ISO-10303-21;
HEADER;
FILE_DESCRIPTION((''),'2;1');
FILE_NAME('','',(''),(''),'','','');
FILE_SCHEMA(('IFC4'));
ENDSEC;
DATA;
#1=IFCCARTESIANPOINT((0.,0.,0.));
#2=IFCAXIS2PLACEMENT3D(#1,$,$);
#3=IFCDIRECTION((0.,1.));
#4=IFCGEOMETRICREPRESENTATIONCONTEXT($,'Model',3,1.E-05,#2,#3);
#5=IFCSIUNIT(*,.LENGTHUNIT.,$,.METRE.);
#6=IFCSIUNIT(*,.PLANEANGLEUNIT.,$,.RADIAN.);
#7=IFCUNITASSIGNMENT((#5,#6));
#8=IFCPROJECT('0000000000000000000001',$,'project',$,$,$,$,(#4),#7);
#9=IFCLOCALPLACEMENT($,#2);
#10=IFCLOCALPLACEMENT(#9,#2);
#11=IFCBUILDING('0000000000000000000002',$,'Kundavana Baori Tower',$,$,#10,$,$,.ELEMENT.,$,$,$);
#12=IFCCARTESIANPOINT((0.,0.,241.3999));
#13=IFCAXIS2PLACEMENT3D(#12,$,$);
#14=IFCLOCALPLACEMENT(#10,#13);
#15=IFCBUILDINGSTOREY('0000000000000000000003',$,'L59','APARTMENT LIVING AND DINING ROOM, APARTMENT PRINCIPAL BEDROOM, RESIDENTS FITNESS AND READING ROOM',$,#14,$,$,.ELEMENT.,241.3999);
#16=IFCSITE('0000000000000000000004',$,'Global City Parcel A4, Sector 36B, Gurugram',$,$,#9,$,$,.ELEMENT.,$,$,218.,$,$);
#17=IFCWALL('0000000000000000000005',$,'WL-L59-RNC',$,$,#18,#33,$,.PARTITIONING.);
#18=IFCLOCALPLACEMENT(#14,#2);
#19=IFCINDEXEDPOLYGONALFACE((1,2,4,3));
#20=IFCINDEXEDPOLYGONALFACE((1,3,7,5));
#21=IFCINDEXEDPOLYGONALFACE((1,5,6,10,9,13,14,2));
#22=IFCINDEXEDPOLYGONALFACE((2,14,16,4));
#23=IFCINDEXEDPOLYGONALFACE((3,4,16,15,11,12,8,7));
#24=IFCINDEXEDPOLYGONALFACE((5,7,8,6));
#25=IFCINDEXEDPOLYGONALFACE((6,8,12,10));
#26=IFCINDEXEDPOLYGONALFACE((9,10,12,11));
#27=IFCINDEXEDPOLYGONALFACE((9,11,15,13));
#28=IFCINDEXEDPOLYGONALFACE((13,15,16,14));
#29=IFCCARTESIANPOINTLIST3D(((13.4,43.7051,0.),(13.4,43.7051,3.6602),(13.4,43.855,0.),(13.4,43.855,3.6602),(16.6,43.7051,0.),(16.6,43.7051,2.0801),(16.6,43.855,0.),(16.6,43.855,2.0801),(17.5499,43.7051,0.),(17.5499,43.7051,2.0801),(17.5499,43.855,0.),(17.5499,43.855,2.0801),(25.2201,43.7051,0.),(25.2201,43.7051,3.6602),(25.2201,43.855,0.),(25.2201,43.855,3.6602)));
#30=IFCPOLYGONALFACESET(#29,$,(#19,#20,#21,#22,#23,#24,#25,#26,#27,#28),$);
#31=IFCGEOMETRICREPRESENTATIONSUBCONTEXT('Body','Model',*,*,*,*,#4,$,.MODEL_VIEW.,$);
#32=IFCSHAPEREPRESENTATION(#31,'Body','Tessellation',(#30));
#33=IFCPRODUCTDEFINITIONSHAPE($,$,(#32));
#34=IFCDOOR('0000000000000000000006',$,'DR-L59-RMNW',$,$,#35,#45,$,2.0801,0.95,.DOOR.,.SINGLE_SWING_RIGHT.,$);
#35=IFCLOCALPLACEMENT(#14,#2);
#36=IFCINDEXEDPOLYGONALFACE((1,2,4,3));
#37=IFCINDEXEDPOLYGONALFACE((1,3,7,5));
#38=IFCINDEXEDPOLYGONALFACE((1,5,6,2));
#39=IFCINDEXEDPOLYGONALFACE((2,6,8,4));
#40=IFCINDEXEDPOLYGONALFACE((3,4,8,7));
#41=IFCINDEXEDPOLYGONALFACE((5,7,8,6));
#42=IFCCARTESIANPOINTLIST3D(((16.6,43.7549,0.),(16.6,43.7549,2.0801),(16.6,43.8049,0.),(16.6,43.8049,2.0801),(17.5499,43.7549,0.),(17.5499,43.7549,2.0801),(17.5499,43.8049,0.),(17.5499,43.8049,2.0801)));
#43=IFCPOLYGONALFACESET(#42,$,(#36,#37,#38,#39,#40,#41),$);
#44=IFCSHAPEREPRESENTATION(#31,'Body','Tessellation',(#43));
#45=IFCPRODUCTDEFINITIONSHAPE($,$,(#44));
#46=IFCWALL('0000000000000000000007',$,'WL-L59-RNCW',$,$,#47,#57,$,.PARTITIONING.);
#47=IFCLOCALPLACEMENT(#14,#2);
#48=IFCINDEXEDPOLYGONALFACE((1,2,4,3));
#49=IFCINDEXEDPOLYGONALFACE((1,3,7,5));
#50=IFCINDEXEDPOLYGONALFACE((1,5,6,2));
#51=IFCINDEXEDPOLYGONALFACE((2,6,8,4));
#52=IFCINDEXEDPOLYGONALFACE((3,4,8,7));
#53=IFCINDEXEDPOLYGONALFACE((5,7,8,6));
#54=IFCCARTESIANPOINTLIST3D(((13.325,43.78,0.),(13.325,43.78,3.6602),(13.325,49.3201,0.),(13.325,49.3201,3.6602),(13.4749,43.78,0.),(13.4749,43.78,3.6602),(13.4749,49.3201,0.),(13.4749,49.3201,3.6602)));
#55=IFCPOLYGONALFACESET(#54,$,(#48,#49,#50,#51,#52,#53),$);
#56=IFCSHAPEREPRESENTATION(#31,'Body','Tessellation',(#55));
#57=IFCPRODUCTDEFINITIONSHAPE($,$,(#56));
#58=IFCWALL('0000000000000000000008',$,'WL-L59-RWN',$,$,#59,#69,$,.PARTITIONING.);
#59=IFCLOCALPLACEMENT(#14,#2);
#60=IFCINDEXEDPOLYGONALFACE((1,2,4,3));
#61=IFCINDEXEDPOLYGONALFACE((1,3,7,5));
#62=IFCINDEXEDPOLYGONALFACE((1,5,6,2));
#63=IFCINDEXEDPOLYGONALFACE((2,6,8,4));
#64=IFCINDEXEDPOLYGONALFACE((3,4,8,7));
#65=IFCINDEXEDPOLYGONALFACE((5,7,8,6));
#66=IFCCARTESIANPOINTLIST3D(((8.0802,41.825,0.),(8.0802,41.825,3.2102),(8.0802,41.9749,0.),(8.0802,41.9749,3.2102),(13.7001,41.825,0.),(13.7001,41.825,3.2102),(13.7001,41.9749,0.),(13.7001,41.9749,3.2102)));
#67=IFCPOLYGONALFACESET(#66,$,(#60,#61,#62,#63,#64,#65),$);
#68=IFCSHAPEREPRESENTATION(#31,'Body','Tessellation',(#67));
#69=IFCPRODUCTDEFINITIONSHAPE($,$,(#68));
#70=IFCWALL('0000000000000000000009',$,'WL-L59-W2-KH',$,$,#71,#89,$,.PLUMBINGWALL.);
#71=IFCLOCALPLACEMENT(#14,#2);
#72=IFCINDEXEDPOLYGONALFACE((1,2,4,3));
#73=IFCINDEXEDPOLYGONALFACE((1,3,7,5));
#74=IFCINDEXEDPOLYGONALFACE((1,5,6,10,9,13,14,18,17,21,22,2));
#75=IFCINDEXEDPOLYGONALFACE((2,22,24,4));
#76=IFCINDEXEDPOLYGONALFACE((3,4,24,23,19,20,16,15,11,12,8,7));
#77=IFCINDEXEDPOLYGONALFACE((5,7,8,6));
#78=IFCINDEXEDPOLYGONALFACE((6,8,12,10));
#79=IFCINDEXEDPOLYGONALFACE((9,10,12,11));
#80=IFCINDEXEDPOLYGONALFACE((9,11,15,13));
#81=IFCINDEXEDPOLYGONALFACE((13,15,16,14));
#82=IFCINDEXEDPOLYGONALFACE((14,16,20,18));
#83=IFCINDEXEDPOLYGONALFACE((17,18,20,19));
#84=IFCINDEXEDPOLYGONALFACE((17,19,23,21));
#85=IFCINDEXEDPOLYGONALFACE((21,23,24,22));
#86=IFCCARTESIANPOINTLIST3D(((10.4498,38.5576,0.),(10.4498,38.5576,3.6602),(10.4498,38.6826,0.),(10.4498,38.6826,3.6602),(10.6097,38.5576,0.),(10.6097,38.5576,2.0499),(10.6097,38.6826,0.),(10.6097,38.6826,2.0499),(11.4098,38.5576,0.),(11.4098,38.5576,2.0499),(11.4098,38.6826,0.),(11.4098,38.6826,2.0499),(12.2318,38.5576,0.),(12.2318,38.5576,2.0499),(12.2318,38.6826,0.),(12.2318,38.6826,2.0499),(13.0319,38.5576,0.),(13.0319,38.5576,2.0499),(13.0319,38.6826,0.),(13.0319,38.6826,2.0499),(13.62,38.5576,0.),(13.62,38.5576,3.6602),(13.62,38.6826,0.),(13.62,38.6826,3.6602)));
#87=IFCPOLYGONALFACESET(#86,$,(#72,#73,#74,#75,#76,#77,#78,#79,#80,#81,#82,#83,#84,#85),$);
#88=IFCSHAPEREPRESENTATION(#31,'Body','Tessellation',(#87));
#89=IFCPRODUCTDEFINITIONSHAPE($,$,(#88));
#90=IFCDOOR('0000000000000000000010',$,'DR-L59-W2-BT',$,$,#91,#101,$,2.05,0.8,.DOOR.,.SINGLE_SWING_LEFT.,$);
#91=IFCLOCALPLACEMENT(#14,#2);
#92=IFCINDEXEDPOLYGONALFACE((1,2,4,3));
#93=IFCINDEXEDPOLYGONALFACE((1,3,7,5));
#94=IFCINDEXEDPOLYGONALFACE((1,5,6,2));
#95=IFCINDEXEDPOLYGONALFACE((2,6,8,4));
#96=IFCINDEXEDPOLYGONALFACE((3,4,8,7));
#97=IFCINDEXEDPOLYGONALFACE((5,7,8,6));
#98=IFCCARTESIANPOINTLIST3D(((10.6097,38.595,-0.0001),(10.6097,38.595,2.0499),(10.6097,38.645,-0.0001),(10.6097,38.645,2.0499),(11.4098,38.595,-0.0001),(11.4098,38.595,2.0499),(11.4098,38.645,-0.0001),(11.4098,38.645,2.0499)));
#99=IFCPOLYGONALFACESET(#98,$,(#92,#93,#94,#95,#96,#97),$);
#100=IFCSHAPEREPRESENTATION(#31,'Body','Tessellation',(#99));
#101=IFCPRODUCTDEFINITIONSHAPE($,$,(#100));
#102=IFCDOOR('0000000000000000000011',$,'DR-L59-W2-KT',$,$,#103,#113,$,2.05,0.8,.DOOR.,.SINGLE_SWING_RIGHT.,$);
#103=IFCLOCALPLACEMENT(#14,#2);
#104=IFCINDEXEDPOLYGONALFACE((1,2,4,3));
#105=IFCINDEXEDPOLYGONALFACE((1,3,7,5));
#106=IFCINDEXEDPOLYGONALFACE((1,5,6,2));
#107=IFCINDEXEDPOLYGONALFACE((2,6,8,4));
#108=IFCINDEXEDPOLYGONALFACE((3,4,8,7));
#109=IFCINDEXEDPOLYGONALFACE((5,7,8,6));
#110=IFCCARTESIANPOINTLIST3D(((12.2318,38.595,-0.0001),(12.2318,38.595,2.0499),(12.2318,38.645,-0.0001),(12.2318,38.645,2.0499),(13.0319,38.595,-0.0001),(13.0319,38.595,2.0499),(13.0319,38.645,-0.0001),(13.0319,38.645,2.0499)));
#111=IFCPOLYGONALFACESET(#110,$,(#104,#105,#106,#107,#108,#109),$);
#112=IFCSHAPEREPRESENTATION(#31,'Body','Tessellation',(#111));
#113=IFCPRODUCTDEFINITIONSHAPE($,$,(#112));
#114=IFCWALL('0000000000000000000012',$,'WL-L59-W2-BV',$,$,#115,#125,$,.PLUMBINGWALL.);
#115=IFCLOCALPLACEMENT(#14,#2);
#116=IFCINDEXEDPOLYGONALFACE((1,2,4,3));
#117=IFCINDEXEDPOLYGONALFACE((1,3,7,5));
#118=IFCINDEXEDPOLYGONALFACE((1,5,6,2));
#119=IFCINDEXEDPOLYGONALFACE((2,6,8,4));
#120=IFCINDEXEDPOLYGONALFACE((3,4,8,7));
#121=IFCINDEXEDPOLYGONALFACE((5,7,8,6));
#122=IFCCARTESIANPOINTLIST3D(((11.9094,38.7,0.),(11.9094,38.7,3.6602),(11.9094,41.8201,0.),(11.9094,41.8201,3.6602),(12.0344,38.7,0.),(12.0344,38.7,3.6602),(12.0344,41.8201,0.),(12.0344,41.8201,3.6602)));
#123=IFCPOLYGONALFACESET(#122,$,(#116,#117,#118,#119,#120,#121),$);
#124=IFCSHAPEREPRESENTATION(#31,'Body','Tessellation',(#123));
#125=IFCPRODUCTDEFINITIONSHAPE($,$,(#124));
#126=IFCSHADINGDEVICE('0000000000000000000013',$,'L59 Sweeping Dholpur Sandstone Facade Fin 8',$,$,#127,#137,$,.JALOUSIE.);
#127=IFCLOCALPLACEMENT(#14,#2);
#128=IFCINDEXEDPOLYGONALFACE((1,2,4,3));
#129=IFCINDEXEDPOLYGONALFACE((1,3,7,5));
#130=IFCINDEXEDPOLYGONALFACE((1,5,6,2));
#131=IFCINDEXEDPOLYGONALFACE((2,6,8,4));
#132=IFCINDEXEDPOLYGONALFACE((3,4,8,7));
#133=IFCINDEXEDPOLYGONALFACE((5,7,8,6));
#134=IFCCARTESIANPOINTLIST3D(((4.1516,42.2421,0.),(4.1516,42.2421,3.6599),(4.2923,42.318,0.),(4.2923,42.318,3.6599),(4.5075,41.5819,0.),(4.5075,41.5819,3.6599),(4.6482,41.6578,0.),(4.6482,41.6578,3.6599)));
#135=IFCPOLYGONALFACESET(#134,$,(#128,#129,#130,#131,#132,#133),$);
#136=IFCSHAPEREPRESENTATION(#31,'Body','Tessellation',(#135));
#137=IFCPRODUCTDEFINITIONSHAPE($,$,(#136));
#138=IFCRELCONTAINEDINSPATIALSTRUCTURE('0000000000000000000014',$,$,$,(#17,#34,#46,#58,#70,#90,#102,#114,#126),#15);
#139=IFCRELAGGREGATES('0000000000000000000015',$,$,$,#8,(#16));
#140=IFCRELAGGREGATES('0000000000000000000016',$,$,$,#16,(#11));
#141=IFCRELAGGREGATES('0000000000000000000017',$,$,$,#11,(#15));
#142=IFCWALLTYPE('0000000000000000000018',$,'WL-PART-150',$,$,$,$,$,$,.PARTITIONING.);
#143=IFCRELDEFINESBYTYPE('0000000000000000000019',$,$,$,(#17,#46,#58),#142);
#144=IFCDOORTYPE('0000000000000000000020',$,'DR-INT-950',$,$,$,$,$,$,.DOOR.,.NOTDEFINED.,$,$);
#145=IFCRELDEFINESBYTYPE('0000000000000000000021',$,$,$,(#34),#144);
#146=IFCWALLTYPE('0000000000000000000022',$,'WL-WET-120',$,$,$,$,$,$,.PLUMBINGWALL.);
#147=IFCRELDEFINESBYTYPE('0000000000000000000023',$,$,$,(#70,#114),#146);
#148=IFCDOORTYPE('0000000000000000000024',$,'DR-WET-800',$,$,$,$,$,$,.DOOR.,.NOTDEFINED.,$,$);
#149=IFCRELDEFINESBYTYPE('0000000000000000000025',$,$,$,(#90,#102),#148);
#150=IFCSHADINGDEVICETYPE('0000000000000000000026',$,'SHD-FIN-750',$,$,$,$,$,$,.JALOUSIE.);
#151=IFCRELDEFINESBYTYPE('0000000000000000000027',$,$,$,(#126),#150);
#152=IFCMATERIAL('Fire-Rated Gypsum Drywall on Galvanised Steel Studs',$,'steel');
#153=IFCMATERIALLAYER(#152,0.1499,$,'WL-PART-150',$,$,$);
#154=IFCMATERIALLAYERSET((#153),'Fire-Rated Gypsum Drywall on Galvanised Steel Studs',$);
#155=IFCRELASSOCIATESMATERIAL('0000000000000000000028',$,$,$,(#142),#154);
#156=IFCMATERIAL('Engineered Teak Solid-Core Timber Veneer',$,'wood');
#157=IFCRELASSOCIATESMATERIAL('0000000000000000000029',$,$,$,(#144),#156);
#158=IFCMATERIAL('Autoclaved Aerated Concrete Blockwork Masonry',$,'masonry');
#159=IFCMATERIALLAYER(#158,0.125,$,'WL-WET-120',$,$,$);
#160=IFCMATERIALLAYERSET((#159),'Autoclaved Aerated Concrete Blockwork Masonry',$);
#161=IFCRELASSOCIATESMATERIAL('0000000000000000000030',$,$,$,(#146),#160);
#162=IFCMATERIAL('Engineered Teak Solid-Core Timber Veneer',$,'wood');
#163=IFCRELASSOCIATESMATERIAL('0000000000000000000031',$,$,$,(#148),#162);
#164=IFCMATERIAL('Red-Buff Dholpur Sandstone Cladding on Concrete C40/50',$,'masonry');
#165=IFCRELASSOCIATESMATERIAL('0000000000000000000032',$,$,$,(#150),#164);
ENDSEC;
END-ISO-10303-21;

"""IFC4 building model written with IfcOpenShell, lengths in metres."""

from ifc_helpers import new_model, si_unit, direction, frame, frame_2d, origin, origin_2d, place, context, subcontext, project, spatial, rectangle, extrude, material, layer, layer_set, type_object, element, fill, save


model = new_model("IFC4")

# Units and contexts
model_context = context("Model", 3, precision=1e-05, world=origin(), true_north=direction((0.0, 1.0)))
body_context = subcontext(model_context, "Body", "Model", "MODEL_VIEW")
ifc_project = project(units=[si_unit("LENGTHUNIT", "METRE"), si_unit("PLANEANGLEUNIT", "RADIAN")], contexts=[model_context])

# Site, building, storey
site_placement = place(None, origin())
site = spatial("IfcSite", under=ifc_project, at=site_placement, Name="Global City Parcel A4, Sector 36B, Gurugram", CompositionType="ELEMENT", RefElevation=218.0)
building_placement = place(site_placement, origin())
building = spatial("IfcBuilding", under=site, at=building_placement, Name="Kundavana Baori Tower", CompositionType="ELEMENT")
storey_placement = place(building_placement, frame((0.0, 0.0, 241.3999)))
storey = spatial("IfcBuildingStorey", under=building, at=storey_placement, Name="L59", Description="APARTMENT LIVING AND DINING ROOM, APARTMENT PRINCIPAL BEDROOM, RESIDENTS FITNESS AND READING ROOM", CompositionType="ELEMENT", Elevation=241.3999)

# Wall, opening, door
ifc_material_1 = material(Name="Fire-Rated Gypsum Drywall on Galvanised Steel Studs", Category="steel")
ifc_layer_1 = layer(ifc_material_1, 0.1499, Name="WL-PART-150")
ifc_layer_set_1 = layer_set([ifc_layer_1], Name="Fire-Rated Gypsum Drywall on Galvanised Steel Studs")
wall_type_1 = type_object("IfcWallType", Name="WL-PART-150", PredefinedType="PARTITIONING", material=ifc_layer_set_1)
wall_1_placement = place(storey_placement, frame((13.3999, 43.78, 0.0), z_axis=(0.0, 0.0, 1.0), x_axis=(1.0, 0.0, 0.0)))
wall_1 = element("IfcWall", 1, at=wall_1_placement, inside=storey, type_object=wall_type_1, Name="WL-L59-RNC", PredefinedType="PARTITIONING", context=body_context, shape_type="SweptSolid", body=[
    extrude(rectangle(XDim=11.8201, YDim=0.1499, at=frame_2d((5.9102, 0.0))), origin(), (0.0, 0.0, 1.0), 3.6602),
])
opening_1_placement = place(wall_1_placement, frame((3.2, 0.0, 0.0)))
opening_1 = element("IfcOpeningElement", 2, at=opening_1_placement, cuts=wall_1, PredefinedType="OPENING", context=body_context, shape_type="SweptSolid", body=[
    extrude(rectangle(XDim=0.95, YDim=2.0801, at=frame_2d((0.4751, 1.04))), frame((0.0, 0.085, 0.0), z_axis=(0.0, -1.0, 0.0), x_axis=(1.0, 0.0, 0.0)), (0.0, 0.0, 1.0), 0.1699),
])
ifc_material_2 = material(Name="Engineered Teak Solid-Core Timber Veneer", Category="wood")
door_type_1 = type_object("IfcDoorType", Name="DR-INT-950", OperationType="NOTDEFINED", PredefinedType="DOOR", material=ifc_material_2)
door_1_placement = place(opening_1_placement, origin())
door_1 = element("IfcDoor", 3, at=door_1_placement, inside=storey, type_object=door_type_1, Name="DR-L59-RMNW", OperationType="SINGLE_SWING_RIGHT", OverallHeight=2.0801, OverallWidth=0.95, PredefinedType="DOOR", context=body_context, shape_type="SweptSolid", body=[
    extrude(rectangle(XDim=0.95, YDim=2.0801, at=frame_2d((0.4751, 1.04))), frame((0.0, 0.0249, 0.0), z_axis=(0.0, -1.0, 0.0), x_axis=(1.0, 0.0, 0.0)), (0.0, 0.0, 1.0), 0.05),
])
fill(opening_1, door_1)

# Walls
wall_2_placement = place(storey_placement, frame((13.3999, 43.78, 0.0), z_axis=(0.0, 0.0, 1.0), x_axis=(0.0, 1.0, 0.0)))
element("IfcWall", 4, at=wall_2_placement, inside=storey, type_object=wall_type_1, Name="WL-L59-RNCW", PredefinedType="PARTITIONING", context=body_context, shape_type="SweptSolid", body=[
    extrude(rectangle(XDim=5.54, YDim=0.1499, at=frame_2d((2.77, 0.0))), origin(), (0.0, 0.0, 1.0), 3.6602),
])
wall_3_placement = place(storey_placement, frame((8.0801, 41.8999, 0.0), z_axis=(0.0, 0.0, 1.0), x_axis=(1.0, 0.0, 0.0)))
element("IfcWall", 5, at=wall_3_placement, inside=storey, type_object=wall_type_1, Name="WL-L59-RWN", PredefinedType="PARTITIONING", context=body_context, shape_type="SweptSolid", body=[
    extrude(rectangle(XDim=5.6199, YDim=0.1499, at=frame_2d((2.8101, 0.0))), origin(), (0.0, 0.0, 1.0), 3.2102),
])

# Wall, openings, doors
ifc_material_3 = material(Name="Autoclaved Aerated Concrete Blockwork Masonry", Category="masonry")
ifc_layer_2 = layer(ifc_material_3, 0.125, Name="WL-WET-120")
ifc_layer_set_2 = layer_set([ifc_layer_2], Name="Autoclaved Aerated Concrete Blockwork Masonry")
wall_type_2 = type_object("IfcWallType", Name="WL-WET-120", PredefinedType="PLUMBINGWALL", material=ifc_layer_set_2)
wall_4_placement = place(storey_placement, frame((10.45, 38.6201, 0.0), z_axis=(0.0, 0.0, 1.0), x_axis=(1.0, 0.0, 0.0)))
wall_4 = element("IfcWall", 6, at=wall_4_placement, inside=storey, type_object=wall_type_2, Name="WL-L59-W2-KH", PredefinedType="PLUMBINGWALL", context=body_context, shape_type="SweptSolid", body=[
    extrude(rectangle(XDim=3.1702, YDim=0.125, at=frame_2d((1.585, 0.0))), origin(), (0.0, 0.0, 1.0), 3.6602),
])
opening_2_placement = place(wall_4_placement, frame((0.1599, 0.0, 0.0)))
opening_2 = element("IfcOpeningElement", 7, at=opening_2_placement, cuts=wall_4, PredefinedType="OPENING", context=body_context, shape_type="SweptSolid", body=[
    extrude(rectangle(XDim=0.8, YDim=2.05, at=frame_2d((0.3999, 1.0249))), frame((0.0, 0.0725, 0.0), z_axis=(0.0, -1.0, 0.0), x_axis=(1.0, 0.0, 0.0)), (0.0, 0.0, 1.0), 0.145),
])
opening_3_placement = place(wall_4_placement, frame((1.782, 0.0, 0.0)))
opening_3 = element("IfcOpeningElement", 8, at=opening_3_placement, cuts=wall_4, PredefinedType="OPENING", context=body_context, shape_type="SweptSolid", body=[
    extrude(rectangle(XDim=0.8, YDim=2.05, at=frame_2d((0.3999, 1.0249))), frame((0.0, 0.0725, 0.0), z_axis=(0.0, -1.0, 0.0), x_axis=(1.0, 0.0, 0.0)), (0.0, 0.0, 1.0), 0.145),
])
ifc_material_4 = material(Name="Engineered Teak Solid-Core Timber Veneer", Category="wood")
door_type_2 = type_object("IfcDoorType", Name="DR-WET-800", OperationType="NOTDEFINED", PredefinedType="DOOR", material=ifc_material_4)
door_2_placement = place(opening_2_placement, origin())
door_2 = element("IfcDoor", 9, at=door_2_placement, inside=storey, type_object=door_type_2, Name="DR-L59-W2-BT", OperationType="SINGLE_SWING_LEFT", OverallHeight=2.05, OverallWidth=0.8, PredefinedType="DOOR", context=body_context, shape_type="SweptSolid", body=[
    extrude(rectangle(XDim=0.8, YDim=2.05, at=frame_2d((0.3999, 1.0249))), frame((0.0, 0.0249, 0.0), z_axis=(0.0, -1.0, 0.0), x_axis=(1.0, 0.0, 0.0)), (0.0, 0.0, 1.0), 0.05),
])
fill(opening_2, door_2)
door_3_placement = place(opening_3_placement, origin())
door_3 = element("IfcDoor", 10, at=door_3_placement, inside=storey, type_object=door_type_2, Name="DR-L59-W2-KT", OperationType="SINGLE_SWING_RIGHT", OverallHeight=2.05, OverallWidth=0.8, PredefinedType="DOOR", context=body_context, shape_type="SweptSolid", body=[
    extrude(rectangle(XDim=0.8, YDim=2.05, at=frame_2d((0.3999, 1.0249))), frame((0.0, 0.0249, 0.0), z_axis=(0.0, -1.0, 0.0), x_axis=(1.0, 0.0, 0.0)), (0.0, 0.0, 1.0), 0.05),
])
fill(opening_3, door_3)

# Wall
wall_5_placement = place(storey_placement, frame((11.9719, 38.7, 0.0), z_axis=(0.0, 0.0, 1.0), x_axis=(0.0, 1.0, 0.0)))
element("IfcWall", 11, at=wall_5_placement, inside=storey, type_object=wall_type_2, Name="WL-L59-W2-BV", PredefinedType="PLUMBINGWALL", context=body_context, shape_type="SweptSolid", body=[
    extrude(rectangle(XDim=3.1201, YDim=0.125, at=frame_2d((1.5601, 0.0))), origin(), (0.0, 0.0, 1.0), 3.6602),
])

# Shading device
ifc_material_5 = material(Name="Red-Buff Dholpur Sandstone Cladding on Concrete C40/50", Category="masonry")
shading_device_type = type_object("IfcShadingDeviceType", Name="SHD-FIN-750", PredefinedType="JALOUSIE", material=ifc_material_5)
shading_device_placement = place(storey_placement, frame((4.3999, 41.95, 0.0), z_axis=(0.0, 0.0, 1.0), x_axis=(0.880229, 0.474549, 0.0)))
element("IfcShadingDevice", 12, at=shading_device_placement, inside=storey, type_object=shading_device_type, Name="L59 Sweeping Dholpur Sandstone Facade Fin 8", PredefinedType="JALOUSIE", context=body_context, shape_type="SweptSolid", body=[
    extrude(rectangle(XDim=0.1599, YDim=0.75, at=origin_2d()), origin(), (0.0, 0.0, 1.0), 3.6599),
])

save(model, "model.ifc")
